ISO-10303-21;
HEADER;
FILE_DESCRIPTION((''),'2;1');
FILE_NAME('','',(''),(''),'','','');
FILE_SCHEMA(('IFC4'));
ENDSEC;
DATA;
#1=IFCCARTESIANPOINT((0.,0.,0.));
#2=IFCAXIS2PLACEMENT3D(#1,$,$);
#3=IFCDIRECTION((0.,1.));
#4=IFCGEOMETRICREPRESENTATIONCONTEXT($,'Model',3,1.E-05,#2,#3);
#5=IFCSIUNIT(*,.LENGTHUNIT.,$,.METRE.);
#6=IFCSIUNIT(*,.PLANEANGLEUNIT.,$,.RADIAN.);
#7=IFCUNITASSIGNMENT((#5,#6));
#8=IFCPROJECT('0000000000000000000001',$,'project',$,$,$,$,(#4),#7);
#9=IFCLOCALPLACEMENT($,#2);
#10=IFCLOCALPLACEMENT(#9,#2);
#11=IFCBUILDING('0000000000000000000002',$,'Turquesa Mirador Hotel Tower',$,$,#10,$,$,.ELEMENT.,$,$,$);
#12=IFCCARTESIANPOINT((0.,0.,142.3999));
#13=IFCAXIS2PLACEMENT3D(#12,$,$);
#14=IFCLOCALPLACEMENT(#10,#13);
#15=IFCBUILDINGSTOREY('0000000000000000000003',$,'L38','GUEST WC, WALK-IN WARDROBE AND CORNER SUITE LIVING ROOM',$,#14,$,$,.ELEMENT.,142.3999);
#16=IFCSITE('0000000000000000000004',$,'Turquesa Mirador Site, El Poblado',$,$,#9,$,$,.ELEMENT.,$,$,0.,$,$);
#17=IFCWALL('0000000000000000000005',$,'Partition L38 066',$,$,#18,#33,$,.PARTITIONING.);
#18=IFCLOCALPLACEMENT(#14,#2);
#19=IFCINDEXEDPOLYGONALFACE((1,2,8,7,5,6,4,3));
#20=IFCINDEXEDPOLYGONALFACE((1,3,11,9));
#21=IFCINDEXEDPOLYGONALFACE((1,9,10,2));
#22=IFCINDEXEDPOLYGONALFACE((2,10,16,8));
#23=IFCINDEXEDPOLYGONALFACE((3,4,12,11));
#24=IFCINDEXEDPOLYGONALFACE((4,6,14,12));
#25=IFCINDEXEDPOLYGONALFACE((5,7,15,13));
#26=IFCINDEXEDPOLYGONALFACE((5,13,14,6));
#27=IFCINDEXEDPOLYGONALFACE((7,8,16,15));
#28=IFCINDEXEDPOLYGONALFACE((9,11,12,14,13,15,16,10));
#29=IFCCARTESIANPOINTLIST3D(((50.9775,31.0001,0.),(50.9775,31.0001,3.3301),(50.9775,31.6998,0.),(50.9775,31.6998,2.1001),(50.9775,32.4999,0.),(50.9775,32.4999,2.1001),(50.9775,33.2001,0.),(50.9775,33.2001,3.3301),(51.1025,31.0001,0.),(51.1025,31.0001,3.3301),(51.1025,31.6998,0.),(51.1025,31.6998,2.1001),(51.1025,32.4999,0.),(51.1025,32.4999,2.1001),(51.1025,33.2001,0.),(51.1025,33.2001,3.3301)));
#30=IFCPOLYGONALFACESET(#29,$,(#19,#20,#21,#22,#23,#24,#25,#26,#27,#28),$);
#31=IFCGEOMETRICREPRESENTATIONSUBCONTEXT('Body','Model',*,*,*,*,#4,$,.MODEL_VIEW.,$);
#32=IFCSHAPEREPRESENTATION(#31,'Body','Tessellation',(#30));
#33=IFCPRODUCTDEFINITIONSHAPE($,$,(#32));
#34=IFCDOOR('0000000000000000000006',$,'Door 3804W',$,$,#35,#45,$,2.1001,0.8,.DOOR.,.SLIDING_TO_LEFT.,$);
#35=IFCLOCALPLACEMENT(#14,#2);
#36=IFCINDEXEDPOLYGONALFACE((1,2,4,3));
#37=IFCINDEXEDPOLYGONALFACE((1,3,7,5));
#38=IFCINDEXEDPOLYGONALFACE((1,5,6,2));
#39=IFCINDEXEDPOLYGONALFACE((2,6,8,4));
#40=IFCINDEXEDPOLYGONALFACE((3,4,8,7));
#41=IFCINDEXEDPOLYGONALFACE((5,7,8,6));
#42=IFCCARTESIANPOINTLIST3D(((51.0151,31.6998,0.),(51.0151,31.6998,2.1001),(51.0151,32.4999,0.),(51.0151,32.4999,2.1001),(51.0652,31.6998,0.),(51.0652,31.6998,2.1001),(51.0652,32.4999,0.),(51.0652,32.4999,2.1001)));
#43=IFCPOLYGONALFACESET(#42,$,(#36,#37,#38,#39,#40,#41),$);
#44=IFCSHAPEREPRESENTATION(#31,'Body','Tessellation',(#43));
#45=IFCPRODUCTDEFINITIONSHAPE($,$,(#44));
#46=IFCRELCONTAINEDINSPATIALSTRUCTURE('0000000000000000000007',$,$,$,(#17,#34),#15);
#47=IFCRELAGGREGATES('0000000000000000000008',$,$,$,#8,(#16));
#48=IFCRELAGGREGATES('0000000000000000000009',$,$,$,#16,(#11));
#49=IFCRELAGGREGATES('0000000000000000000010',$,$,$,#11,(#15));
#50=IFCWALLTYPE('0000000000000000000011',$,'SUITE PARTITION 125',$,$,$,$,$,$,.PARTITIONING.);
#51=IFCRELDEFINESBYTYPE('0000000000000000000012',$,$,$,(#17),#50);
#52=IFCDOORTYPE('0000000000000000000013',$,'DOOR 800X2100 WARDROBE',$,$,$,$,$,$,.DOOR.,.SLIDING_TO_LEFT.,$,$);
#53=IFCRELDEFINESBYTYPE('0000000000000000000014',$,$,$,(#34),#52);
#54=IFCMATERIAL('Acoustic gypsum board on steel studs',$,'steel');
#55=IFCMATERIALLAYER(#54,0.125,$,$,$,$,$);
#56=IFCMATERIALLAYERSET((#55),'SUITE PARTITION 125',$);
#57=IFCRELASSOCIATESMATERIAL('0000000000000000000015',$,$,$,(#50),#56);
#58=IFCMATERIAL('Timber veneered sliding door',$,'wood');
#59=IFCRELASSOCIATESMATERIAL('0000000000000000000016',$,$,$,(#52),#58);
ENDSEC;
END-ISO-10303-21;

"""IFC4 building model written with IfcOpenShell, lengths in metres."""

from ifc_helpers import new_model, si_unit, direction, frame, frame_2d, origin, place, context, subcontext, project, spatial, rectangle, extrude, material, layer, layer_set, type_object, element, fill, save


model = new_model("IFC4")

# Units and contexts
model_context = context("Model", 3, precision=1e-05, world=origin(), true_north=direction((0.0, 1.0)))
body_context = subcontext(model_context, "Body", "Model", "MODEL_VIEW")
ifc_project = project(units=[si_unit("LENGTHUNIT", "METRE"), si_unit("PLANEANGLEUNIT", "RADIAN")], contexts=[model_context])

# Site, building, storey
site_placement = place(None, origin())
site = spatial("IfcSite", under=ifc_project, at=site_placement, Name="Turquesa Mirador Site, El Poblado", CompositionType="ELEMENT", RefElevation=0.0)
building_placement = place(site_placement, origin())
building = spatial("IfcBuilding", under=site, at=building_placement, Name="Turquesa Mirador Hotel Tower", CompositionType="ELEMENT")
storey_placement = place(building_placement, frame((0.0, 0.0, 142.3999)))
storey = spatial("IfcBuildingStorey", under=building, at=storey_placement, Name="L38", Description="GUEST WC, WALK-IN WARDROBE AND CORNER SUITE LIVING ROOM", CompositionType="ELEMENT", Elevation=142.3999)

# Shared definitions
ifc_material_1 = material(Name="Acoustic gypsum board on steel studs", Category="steel")
ifc_layer_1 = layer(ifc_material_1, 0.125)
ifc_layer_set_1 = layer_set([ifc_layer_1], Name="SUITE PARTITION 125")
wall_type_1 = type_object("IfcWallType", Name="SUITE PARTITION 125", PredefinedType="PARTITIONING", material=ifc_layer_set_1)

# Wall, opening, door
wall_1_placement = place(storey_placement, frame((51.04, 31.0, 0.0), z_axis=(0.0, 0.0, 1.0), x_axis=(0.0, 1.0, 0.0)))
wall_1 = element("IfcWall", 1, at=wall_1_placement, inside=storey, type_object=wall_type_1, Name="Partition L38 066", PredefinedType="PARTITIONING", context=body_context, shape_type="SweptSolid", body=[
    extrude(rectangle(XDim=2.2, YDim=0.125, at=frame_2d((1.1001, 0.0))), origin(), (0.0, 0.0, 1.0), 3.3301),
])
opening_1_placement = place(wall_1_placement, frame((0.7, 0.0, 0.0)))
opening_1 = element("IfcOpeningElement", 2, at=opening_1_placement, cuts=wall_1, PredefinedType="OPENING", context=body_context, shape_type="SweptSolid", body=[
    extrude(rectangle(XDim=0.8, YDim=2.1001, at=frame_2d((0.3999, 1.05))), frame((0.0, 0.0725, 0.0), z_axis=(0.0, -1.0, 0.0), x_axis=(1.0, 0.0, 0.0)), (0.0, 0.0, 1.0), 0.145),
])
ifc_material_2 = material(Name="Timber veneered sliding door", Category="wood")
door_type_1 = type_object("IfcDoorType", Name="DOOR 800X2100 WARDROBE", OperationType="SLIDING_TO_LEFT", PredefinedType="DOOR", material=ifc_material_2)
door_1_placement = place(opening_1_placement, origin())
door_1 = element("IfcDoor", 3, at=door_1_placement, inside=storey, type_object=door_type_1, Name="Door 3804W", OperationType="SLIDING_TO_LEFT", OverallHeight=2.1001, OverallWidth=0.8, PredefinedType="DOOR", context=body_context, shape_type="SweptSolid", body=[
    extrude(rectangle(XDim=0.8, YDim=2.1001, at=frame_2d((0.3999, 1.05))), frame((0.0, 0.0249, 0.0), z_axis=(0.0, -1.0, 0.0), x_axis=(1.0, 0.0, 0.0)), (0.0, 0.0, 1.0), 0.05),
])
fill(opening_1, door_1)

save(model, "model.ifc")
